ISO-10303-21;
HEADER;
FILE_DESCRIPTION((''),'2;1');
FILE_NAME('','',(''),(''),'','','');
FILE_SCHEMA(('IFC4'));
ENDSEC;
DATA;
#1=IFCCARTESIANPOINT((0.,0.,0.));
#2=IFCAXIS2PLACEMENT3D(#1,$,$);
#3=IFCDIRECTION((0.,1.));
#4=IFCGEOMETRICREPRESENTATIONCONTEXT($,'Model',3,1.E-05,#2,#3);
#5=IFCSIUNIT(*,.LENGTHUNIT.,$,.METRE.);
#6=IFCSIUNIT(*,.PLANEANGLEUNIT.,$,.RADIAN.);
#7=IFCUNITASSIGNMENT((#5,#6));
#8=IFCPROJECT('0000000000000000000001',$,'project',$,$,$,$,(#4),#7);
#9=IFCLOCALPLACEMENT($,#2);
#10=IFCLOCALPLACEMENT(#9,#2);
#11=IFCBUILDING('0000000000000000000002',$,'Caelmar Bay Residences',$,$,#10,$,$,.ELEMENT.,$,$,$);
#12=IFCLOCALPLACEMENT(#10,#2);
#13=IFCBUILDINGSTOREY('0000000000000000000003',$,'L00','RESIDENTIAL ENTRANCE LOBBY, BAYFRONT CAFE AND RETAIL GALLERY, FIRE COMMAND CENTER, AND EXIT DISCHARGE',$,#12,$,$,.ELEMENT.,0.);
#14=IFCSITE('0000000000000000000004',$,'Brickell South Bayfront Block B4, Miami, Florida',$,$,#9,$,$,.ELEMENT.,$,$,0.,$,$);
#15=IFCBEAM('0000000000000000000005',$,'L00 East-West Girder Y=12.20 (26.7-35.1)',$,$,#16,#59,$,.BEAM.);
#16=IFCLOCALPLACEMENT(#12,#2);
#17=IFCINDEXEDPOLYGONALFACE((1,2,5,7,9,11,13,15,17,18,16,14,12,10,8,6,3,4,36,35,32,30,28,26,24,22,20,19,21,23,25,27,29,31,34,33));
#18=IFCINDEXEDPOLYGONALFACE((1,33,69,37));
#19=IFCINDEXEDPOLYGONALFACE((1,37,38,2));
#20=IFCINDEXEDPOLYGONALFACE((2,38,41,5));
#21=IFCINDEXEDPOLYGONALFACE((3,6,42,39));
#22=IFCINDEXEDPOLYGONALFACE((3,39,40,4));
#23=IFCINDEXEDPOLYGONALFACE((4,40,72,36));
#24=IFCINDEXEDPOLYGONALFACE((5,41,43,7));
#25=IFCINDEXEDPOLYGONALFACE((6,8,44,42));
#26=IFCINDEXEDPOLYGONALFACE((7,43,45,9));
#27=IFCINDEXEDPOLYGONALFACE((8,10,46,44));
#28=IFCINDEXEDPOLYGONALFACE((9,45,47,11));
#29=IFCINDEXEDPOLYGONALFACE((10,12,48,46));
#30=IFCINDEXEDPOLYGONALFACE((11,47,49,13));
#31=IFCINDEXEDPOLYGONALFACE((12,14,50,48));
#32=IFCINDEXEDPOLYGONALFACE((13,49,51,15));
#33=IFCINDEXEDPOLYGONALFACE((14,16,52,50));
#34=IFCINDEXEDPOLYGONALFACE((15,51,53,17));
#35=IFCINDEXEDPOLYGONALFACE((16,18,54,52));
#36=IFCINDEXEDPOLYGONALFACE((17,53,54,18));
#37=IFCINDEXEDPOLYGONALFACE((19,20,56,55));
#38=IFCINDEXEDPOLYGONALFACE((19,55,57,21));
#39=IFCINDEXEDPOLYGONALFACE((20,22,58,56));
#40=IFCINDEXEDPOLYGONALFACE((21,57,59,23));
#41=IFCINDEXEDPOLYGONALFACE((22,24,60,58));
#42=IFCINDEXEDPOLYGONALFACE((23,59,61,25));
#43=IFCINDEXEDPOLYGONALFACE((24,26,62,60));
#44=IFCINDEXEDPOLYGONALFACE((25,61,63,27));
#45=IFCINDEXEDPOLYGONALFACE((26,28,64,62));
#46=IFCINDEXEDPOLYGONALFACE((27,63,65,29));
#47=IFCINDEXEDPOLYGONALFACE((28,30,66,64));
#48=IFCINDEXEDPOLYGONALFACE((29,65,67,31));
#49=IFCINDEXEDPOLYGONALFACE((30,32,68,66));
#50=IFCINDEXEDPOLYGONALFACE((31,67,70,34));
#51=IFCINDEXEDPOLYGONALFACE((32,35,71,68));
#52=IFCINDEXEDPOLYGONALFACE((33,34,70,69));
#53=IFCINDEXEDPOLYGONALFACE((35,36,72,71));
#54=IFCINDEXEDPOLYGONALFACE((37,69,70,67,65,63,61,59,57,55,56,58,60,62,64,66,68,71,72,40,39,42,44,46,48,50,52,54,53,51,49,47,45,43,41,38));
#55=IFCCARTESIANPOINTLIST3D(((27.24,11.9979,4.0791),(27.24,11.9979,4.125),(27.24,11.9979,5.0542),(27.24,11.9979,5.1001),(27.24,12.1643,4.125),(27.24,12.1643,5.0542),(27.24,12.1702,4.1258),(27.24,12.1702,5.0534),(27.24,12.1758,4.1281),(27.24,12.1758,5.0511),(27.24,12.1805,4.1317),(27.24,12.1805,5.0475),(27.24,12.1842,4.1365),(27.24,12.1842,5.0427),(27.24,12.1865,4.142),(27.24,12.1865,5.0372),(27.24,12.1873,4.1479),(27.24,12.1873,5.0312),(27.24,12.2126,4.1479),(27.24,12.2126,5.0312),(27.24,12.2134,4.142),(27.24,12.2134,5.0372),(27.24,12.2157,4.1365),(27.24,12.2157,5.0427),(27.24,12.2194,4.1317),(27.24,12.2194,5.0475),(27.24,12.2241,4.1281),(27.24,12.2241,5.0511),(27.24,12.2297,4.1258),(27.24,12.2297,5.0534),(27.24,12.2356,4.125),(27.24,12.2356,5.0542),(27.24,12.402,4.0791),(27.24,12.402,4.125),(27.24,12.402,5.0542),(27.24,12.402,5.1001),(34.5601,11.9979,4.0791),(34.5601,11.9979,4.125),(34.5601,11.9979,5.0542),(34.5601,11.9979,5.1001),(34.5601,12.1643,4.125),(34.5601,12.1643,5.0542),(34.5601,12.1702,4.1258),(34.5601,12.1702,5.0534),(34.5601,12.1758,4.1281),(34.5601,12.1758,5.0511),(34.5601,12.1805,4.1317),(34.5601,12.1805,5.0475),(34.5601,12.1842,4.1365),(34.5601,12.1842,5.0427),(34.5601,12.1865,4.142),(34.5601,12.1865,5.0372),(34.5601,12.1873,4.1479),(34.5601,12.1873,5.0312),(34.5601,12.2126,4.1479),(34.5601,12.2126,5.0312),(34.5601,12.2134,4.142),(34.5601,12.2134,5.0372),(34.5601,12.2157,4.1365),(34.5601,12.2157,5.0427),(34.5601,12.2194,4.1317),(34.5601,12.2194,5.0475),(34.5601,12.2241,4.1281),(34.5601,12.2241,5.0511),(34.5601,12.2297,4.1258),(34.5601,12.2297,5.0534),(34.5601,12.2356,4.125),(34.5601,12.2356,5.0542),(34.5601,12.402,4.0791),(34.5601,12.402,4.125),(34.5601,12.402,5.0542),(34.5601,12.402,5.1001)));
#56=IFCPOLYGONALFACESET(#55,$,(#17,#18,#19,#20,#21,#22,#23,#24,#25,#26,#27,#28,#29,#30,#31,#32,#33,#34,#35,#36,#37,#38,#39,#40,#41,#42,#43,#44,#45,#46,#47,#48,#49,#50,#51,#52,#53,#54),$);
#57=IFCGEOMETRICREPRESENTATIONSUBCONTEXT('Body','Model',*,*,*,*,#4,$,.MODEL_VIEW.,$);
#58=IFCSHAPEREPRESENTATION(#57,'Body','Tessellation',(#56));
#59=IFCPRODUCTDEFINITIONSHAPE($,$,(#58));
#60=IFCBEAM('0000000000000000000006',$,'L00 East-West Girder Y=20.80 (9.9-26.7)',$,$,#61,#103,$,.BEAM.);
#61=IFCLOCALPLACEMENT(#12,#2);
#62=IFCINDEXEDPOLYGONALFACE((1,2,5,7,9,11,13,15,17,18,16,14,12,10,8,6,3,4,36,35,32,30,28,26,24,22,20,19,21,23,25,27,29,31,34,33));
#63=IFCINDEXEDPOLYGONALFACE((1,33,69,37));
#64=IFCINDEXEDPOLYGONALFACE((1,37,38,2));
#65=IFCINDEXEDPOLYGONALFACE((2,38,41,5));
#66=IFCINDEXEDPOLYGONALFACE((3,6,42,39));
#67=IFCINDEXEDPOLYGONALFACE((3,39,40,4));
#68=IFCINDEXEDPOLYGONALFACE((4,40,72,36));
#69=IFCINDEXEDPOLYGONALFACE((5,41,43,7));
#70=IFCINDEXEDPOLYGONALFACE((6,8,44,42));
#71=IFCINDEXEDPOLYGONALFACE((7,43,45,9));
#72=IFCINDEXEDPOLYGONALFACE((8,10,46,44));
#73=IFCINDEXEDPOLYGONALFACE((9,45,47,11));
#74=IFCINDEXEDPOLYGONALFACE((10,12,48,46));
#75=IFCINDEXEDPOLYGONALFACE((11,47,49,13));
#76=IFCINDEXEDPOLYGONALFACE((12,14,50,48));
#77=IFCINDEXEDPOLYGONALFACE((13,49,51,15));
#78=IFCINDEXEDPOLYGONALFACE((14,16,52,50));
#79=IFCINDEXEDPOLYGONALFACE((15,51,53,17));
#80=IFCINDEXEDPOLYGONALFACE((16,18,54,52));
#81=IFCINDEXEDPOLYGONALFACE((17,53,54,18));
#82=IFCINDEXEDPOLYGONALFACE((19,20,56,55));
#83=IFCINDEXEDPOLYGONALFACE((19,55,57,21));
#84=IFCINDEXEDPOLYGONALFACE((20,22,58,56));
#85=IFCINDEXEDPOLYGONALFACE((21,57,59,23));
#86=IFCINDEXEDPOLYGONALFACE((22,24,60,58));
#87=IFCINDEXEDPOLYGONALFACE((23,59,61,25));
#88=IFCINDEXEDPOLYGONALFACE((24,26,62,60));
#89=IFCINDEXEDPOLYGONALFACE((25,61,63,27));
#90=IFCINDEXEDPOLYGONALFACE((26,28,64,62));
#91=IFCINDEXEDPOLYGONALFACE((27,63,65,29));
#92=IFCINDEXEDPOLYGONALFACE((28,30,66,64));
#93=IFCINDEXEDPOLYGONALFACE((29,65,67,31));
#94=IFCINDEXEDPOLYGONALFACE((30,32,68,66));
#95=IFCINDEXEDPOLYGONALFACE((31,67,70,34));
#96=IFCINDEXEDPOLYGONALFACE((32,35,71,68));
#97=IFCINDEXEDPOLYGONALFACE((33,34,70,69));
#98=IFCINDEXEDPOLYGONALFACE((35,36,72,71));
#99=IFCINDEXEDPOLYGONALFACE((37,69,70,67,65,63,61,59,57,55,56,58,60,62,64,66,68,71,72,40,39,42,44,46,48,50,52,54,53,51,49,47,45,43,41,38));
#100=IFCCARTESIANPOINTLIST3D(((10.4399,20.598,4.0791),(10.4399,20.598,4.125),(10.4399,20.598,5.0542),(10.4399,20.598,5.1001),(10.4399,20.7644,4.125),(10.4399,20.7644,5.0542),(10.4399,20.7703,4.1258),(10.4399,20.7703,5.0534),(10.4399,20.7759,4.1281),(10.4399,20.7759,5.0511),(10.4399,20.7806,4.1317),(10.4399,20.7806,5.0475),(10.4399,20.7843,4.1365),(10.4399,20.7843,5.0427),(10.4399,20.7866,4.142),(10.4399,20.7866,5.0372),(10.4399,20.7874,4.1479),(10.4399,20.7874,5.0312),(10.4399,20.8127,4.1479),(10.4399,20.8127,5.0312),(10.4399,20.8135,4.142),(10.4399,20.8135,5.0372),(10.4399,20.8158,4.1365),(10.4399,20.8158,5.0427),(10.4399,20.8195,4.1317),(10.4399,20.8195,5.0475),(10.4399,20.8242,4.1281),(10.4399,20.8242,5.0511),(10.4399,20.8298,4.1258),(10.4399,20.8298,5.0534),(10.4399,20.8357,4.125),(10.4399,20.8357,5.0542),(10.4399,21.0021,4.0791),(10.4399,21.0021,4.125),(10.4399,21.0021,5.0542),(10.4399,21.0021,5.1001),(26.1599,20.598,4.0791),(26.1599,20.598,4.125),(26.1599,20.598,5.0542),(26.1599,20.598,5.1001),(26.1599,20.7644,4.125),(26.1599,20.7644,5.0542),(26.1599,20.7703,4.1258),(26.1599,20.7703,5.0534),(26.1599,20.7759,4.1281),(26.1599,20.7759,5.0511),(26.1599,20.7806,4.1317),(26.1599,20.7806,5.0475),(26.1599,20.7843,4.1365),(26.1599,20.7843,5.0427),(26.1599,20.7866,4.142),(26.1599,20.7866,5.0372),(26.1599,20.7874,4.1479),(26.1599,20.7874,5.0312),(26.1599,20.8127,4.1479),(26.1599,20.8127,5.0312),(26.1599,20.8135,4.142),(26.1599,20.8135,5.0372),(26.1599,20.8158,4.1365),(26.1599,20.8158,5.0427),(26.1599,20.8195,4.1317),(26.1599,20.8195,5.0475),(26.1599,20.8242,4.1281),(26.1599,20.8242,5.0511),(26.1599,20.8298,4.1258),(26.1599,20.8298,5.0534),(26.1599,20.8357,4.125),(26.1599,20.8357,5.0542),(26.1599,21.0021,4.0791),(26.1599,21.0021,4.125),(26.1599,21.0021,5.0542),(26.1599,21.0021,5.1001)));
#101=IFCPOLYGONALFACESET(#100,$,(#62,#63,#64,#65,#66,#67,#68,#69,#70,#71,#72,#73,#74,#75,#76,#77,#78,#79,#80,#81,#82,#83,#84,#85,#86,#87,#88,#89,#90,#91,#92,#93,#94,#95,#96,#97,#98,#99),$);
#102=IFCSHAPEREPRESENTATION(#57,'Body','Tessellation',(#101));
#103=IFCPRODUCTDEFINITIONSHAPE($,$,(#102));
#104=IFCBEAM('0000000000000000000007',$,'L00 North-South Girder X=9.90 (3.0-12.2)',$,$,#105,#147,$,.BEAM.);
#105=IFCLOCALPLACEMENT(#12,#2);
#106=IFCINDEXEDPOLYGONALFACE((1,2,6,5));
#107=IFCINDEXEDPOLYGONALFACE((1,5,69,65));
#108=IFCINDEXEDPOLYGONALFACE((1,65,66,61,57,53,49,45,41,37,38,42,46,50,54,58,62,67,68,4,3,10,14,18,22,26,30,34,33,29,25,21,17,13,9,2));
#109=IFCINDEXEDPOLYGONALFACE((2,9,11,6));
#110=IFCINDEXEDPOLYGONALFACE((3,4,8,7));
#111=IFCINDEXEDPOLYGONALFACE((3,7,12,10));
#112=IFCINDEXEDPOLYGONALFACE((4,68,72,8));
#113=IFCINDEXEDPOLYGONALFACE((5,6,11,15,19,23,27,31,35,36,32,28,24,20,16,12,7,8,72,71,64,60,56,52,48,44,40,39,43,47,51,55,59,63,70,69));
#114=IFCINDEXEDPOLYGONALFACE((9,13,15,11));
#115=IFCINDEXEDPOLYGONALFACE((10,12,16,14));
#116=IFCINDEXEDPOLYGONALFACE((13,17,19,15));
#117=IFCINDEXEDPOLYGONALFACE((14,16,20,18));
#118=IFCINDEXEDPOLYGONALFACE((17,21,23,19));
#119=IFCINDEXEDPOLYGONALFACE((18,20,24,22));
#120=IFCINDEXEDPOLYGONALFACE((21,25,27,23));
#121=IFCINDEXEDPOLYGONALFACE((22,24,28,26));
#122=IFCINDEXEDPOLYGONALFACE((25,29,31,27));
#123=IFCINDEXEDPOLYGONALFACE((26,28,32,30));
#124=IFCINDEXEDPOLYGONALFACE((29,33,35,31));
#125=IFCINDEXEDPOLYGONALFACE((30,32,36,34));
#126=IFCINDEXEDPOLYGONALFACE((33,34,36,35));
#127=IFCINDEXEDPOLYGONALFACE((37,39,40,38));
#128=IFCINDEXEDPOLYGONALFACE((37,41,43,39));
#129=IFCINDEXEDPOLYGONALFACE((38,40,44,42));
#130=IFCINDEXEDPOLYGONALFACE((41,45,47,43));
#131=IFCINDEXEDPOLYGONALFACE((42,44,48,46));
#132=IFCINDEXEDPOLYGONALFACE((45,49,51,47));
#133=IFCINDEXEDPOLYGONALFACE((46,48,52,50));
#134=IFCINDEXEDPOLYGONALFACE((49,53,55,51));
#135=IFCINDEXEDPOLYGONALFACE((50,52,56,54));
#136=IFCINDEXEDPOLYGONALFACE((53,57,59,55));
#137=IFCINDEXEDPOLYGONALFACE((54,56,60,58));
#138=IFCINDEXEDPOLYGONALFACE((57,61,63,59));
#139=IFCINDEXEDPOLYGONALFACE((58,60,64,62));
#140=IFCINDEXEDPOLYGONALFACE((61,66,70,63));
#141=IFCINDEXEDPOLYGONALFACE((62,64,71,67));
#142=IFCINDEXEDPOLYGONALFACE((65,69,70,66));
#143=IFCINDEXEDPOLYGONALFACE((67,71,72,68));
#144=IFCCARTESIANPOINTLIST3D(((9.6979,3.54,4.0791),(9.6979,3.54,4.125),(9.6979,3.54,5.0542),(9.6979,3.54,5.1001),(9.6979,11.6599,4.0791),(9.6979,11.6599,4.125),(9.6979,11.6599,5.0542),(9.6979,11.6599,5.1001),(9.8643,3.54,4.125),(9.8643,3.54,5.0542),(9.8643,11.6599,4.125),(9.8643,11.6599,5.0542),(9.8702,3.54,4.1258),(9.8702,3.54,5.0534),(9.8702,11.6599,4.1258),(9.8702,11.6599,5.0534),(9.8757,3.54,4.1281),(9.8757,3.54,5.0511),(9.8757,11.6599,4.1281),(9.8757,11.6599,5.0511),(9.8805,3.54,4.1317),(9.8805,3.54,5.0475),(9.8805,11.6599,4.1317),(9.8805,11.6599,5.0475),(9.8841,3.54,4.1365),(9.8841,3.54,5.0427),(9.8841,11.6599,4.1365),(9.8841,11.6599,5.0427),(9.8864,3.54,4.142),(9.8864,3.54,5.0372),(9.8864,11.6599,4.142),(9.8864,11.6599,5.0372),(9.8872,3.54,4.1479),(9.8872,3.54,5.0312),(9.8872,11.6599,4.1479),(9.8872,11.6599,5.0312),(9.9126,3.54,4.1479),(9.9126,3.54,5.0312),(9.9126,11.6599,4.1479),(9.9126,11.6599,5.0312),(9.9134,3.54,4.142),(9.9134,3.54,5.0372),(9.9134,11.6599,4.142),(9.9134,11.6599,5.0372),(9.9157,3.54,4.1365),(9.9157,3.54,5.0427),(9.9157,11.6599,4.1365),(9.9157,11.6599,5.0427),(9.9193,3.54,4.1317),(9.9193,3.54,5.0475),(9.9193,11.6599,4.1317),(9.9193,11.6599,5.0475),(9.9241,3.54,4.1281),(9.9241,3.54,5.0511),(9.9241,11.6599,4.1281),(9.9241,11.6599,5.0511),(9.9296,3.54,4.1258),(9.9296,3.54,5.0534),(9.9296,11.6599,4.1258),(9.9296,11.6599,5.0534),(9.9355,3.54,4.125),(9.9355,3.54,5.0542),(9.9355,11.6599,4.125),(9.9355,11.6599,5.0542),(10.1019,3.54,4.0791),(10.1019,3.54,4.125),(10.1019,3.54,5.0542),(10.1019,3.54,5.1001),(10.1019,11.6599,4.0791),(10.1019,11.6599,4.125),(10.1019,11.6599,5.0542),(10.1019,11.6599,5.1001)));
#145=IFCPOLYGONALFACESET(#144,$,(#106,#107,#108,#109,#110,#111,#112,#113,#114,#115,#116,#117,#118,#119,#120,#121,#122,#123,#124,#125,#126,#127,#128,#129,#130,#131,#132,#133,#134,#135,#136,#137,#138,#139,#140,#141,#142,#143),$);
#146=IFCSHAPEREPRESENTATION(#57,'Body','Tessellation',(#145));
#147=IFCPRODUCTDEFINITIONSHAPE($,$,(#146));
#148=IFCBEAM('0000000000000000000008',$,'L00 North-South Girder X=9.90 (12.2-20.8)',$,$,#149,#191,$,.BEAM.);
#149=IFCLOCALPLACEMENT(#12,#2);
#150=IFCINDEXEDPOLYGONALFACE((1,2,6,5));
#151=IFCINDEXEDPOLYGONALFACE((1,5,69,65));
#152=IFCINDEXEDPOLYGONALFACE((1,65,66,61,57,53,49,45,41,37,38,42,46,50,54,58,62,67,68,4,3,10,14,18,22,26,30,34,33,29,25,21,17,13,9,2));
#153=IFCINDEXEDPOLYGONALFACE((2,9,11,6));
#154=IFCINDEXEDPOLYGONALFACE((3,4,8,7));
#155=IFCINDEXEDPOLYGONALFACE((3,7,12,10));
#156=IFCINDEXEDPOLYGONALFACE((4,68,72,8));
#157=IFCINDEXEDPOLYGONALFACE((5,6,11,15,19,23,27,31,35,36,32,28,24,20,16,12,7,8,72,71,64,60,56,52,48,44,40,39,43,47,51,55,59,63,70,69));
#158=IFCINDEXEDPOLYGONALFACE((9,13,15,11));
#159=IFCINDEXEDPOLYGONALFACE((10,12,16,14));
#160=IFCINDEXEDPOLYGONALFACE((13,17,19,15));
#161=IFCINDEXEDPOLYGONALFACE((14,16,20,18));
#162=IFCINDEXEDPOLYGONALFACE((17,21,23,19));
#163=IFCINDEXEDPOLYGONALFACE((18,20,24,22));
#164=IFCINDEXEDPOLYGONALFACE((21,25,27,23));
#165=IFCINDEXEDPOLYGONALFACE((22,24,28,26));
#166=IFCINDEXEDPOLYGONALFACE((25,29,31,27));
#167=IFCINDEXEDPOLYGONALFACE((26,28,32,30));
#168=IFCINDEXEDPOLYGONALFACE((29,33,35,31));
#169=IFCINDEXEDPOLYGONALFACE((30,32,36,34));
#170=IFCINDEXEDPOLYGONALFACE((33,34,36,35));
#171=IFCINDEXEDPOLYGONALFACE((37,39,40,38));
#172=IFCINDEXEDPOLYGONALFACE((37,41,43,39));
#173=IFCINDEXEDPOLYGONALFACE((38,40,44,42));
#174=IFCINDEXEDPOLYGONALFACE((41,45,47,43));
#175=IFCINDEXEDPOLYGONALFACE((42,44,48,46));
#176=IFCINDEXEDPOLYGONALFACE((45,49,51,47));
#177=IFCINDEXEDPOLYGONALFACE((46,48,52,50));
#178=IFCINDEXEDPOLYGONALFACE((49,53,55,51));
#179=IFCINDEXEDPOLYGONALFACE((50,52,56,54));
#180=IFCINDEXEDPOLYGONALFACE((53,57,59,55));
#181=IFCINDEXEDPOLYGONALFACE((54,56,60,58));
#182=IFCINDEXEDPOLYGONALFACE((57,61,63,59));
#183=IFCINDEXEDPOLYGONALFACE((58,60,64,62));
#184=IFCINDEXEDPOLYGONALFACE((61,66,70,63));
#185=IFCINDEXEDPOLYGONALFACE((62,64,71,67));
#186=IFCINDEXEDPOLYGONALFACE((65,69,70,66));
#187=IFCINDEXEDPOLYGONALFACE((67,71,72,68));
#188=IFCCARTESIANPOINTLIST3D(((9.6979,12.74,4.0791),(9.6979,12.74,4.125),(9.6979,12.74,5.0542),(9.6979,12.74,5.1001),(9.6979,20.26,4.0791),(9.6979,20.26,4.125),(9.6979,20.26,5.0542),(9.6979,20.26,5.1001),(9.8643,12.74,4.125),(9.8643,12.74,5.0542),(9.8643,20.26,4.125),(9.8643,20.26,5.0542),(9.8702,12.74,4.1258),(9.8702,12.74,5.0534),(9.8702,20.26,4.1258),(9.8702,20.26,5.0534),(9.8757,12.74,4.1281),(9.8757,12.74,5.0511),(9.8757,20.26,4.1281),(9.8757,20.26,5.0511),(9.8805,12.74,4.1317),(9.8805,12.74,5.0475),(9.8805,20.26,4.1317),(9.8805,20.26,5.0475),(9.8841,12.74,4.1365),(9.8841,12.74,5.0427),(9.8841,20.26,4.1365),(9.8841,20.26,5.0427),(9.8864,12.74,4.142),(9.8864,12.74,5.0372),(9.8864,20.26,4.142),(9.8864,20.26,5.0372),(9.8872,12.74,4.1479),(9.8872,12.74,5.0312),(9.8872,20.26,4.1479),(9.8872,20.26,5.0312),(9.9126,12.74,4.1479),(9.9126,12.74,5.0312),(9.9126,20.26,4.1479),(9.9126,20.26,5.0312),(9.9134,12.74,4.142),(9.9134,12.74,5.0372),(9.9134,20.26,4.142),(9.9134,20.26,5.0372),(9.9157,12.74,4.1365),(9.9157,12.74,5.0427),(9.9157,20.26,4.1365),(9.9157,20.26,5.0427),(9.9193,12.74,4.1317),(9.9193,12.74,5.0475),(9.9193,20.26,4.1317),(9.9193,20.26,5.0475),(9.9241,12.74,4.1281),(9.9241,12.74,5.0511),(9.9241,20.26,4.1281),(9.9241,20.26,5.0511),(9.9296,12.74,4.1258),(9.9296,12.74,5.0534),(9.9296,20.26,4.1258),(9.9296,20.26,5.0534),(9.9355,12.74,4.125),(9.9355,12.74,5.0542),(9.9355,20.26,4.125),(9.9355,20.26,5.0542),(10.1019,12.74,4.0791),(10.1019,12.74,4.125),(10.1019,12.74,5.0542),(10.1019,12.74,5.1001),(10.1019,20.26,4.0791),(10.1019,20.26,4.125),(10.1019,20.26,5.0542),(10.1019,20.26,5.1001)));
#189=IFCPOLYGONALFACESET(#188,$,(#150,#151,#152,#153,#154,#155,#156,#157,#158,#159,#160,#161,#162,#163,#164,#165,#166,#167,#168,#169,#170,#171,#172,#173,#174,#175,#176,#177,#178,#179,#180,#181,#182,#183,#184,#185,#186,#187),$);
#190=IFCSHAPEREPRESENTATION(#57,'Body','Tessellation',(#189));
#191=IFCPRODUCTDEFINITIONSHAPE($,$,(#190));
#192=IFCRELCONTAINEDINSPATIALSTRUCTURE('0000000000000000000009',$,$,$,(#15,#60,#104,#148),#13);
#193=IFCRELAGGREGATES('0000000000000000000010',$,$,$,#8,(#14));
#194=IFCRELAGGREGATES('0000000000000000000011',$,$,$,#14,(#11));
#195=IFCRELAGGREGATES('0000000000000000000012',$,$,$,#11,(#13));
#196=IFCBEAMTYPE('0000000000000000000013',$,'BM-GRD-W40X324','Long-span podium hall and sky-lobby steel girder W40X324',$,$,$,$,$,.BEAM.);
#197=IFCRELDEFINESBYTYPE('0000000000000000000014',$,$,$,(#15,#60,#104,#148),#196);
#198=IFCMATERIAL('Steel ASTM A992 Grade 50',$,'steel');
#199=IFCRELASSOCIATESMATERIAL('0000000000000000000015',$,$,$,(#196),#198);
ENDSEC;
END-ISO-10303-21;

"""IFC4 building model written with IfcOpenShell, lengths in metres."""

from ifc_helpers import new_model, si_unit, direction, frame, origin, origin_2d, place, context, subcontext, project, spatial, i_section, extrude, material, material_profile, profile_set, type_object, element, save


model = new_model("IFC4")

# Units and contexts
model_context = context("Model", 3, precision=1e-05, world=origin(), true_north=direction((0.0, 1.0)))
body_context = subcontext(model_context, "Body", "Model", "MODEL_VIEW")
ifc_project = project(units=[si_unit("LENGTHUNIT", "METRE"), si_unit("PLANEANGLEUNIT", "RADIAN")], contexts=[model_context])

# Site, building, storey
site_placement = place(None, origin())
site = spatial("IfcSite", under=ifc_project, at=site_placement, Name="Brickell South Bayfront Block B4, Miami, Florida", CompositionType="ELEMENT", RefElevation=0.0)
building_placement = place(site_placement, origin())
building = spatial("IfcBuilding", under=site, at=building_placement, Name="Caelmar Bay Residences", CompositionType="ELEMENT")
storey_placement = place(building_placement, origin())
storey = spatial("IfcBuildingStorey", under=building, at=storey_placement, Name="L00", Description="RESIDENTIAL ENTRANCE LOBBY, BAYFRONT CAFE AND RETAIL GALLERY, FIRE COMMAND CENTER, AND EXIT DISCHARGE", CompositionType="ELEMENT", Elevation=0.0)

# Beams
ifc_material_1 = material(Name="Steel ASTM A992 Grade 50", Category="steel")
ifc_material_profile_1 = material_profile(ifc_material_1, i_section(OverallWidth=0.4041, OverallDepth=1.021, WebThickness=0.0254, FlangeThickness=0.0459, FilletRadius=0.0229, at=origin_2d()), Name="W40X324")
ifc_profile_set_1 = profile_set([ifc_material_profile_1], Name="Steel ASTM A992 Grade 50")
beam_type_1 = type_object("IfcBeamType", Name="BM-GRD-W40X324", Description="Long-span podium hall and sky-lobby steel girder W40X324", PredefinedType="BEAM", material=ifc_profile_set_1)
beam_1_placement = place(storey_placement, frame((27.24, 12.2, 4.5896), z_axis=(1.0, 0.0, 0.0), x_axis=(0.0, 1.0, 0.0)))
element("IfcBeam", 1, at=beam_1_placement, inside=storey, type_object=beam_type_1, Name="L00 East-West Girder Y=12.20 (26.7-35.1)", PredefinedType="BEAM", context=body_context, shape_type="SweptSolid", body=[
    extrude(i_section(OverallWidth=0.4041, OverallDepth=1.021, WebThickness=0.0254, FlangeThickness=0.0459, FilletRadius=0.0229, at=origin_2d()), origin(), (0.0, 0.0, 1.0), 7.3201),
])
beam_2_placement = place(storey_placement, frame((10.4399, 20.8, 4.5896), z_axis=(1.0, 0.0, 0.0), x_axis=(0.0, 1.0, 0.0)))
element("IfcBeam", 2, at=beam_2_placement, inside=storey, type_object=beam_type_1, Name="L00 East-West Girder Y=20.80 (9.9-26.7)", PredefinedType="BEAM", context=body_context, shape_type="SweptSolid", body=[
    extrude(i_section(OverallWidth=0.4041, OverallDepth=1.021, WebThickness=0.0254, FlangeThickness=0.0459, FilletRadius=0.0229, at=origin_2d()), origin(), (0.0, 0.0, 1.0), 15.72),
])
beam_3_placement = place(storey_placement, frame((9.8999, 3.54, 4.5896), z_axis=(0.0, 1.0, 0.0), x_axis=(-1.0, 0.0, 0.0)))
element("IfcBeam", 3, at=beam_3_placement, inside=storey, type_object=beam_type_1, Name="L00 North-South Girder X=9.90 (3.0-12.2)", PredefinedType="BEAM", context=body_context, shape_type="SweptSolid", body=[
    extrude(i_section(OverallWidth=0.4041, OverallDepth=1.021, WebThickness=0.0254, FlangeThickness=0.0459, FilletRadius=0.0229, at=origin_2d()), origin(), (0.0, 0.0, 1.0), 8.1199),
])
beam_4_placement = place(storey_placement, frame((9.8999, 12.74, 4.5896), z_axis=(0.0, 1.0, 0.0), x_axis=(-1.0, 0.0, 0.0)))
element("IfcBeam", 4, at=beam_4_placement, inside=storey, type_object=beam_type_1, Name="L00 North-South Girder X=9.90 (12.2-20.8)", PredefinedType="BEAM", context=body_context, shape_type="SweptSolid", body=[
    extrude(i_section(OverallWidth=0.4041, OverallDepth=1.021, WebThickness=0.0254, FlangeThickness=0.0459, FilletRadius=0.0229, at=origin_2d()), origin(), (0.0, 0.0, 1.0), 7.52),
])

save(model, "model.ifc")
